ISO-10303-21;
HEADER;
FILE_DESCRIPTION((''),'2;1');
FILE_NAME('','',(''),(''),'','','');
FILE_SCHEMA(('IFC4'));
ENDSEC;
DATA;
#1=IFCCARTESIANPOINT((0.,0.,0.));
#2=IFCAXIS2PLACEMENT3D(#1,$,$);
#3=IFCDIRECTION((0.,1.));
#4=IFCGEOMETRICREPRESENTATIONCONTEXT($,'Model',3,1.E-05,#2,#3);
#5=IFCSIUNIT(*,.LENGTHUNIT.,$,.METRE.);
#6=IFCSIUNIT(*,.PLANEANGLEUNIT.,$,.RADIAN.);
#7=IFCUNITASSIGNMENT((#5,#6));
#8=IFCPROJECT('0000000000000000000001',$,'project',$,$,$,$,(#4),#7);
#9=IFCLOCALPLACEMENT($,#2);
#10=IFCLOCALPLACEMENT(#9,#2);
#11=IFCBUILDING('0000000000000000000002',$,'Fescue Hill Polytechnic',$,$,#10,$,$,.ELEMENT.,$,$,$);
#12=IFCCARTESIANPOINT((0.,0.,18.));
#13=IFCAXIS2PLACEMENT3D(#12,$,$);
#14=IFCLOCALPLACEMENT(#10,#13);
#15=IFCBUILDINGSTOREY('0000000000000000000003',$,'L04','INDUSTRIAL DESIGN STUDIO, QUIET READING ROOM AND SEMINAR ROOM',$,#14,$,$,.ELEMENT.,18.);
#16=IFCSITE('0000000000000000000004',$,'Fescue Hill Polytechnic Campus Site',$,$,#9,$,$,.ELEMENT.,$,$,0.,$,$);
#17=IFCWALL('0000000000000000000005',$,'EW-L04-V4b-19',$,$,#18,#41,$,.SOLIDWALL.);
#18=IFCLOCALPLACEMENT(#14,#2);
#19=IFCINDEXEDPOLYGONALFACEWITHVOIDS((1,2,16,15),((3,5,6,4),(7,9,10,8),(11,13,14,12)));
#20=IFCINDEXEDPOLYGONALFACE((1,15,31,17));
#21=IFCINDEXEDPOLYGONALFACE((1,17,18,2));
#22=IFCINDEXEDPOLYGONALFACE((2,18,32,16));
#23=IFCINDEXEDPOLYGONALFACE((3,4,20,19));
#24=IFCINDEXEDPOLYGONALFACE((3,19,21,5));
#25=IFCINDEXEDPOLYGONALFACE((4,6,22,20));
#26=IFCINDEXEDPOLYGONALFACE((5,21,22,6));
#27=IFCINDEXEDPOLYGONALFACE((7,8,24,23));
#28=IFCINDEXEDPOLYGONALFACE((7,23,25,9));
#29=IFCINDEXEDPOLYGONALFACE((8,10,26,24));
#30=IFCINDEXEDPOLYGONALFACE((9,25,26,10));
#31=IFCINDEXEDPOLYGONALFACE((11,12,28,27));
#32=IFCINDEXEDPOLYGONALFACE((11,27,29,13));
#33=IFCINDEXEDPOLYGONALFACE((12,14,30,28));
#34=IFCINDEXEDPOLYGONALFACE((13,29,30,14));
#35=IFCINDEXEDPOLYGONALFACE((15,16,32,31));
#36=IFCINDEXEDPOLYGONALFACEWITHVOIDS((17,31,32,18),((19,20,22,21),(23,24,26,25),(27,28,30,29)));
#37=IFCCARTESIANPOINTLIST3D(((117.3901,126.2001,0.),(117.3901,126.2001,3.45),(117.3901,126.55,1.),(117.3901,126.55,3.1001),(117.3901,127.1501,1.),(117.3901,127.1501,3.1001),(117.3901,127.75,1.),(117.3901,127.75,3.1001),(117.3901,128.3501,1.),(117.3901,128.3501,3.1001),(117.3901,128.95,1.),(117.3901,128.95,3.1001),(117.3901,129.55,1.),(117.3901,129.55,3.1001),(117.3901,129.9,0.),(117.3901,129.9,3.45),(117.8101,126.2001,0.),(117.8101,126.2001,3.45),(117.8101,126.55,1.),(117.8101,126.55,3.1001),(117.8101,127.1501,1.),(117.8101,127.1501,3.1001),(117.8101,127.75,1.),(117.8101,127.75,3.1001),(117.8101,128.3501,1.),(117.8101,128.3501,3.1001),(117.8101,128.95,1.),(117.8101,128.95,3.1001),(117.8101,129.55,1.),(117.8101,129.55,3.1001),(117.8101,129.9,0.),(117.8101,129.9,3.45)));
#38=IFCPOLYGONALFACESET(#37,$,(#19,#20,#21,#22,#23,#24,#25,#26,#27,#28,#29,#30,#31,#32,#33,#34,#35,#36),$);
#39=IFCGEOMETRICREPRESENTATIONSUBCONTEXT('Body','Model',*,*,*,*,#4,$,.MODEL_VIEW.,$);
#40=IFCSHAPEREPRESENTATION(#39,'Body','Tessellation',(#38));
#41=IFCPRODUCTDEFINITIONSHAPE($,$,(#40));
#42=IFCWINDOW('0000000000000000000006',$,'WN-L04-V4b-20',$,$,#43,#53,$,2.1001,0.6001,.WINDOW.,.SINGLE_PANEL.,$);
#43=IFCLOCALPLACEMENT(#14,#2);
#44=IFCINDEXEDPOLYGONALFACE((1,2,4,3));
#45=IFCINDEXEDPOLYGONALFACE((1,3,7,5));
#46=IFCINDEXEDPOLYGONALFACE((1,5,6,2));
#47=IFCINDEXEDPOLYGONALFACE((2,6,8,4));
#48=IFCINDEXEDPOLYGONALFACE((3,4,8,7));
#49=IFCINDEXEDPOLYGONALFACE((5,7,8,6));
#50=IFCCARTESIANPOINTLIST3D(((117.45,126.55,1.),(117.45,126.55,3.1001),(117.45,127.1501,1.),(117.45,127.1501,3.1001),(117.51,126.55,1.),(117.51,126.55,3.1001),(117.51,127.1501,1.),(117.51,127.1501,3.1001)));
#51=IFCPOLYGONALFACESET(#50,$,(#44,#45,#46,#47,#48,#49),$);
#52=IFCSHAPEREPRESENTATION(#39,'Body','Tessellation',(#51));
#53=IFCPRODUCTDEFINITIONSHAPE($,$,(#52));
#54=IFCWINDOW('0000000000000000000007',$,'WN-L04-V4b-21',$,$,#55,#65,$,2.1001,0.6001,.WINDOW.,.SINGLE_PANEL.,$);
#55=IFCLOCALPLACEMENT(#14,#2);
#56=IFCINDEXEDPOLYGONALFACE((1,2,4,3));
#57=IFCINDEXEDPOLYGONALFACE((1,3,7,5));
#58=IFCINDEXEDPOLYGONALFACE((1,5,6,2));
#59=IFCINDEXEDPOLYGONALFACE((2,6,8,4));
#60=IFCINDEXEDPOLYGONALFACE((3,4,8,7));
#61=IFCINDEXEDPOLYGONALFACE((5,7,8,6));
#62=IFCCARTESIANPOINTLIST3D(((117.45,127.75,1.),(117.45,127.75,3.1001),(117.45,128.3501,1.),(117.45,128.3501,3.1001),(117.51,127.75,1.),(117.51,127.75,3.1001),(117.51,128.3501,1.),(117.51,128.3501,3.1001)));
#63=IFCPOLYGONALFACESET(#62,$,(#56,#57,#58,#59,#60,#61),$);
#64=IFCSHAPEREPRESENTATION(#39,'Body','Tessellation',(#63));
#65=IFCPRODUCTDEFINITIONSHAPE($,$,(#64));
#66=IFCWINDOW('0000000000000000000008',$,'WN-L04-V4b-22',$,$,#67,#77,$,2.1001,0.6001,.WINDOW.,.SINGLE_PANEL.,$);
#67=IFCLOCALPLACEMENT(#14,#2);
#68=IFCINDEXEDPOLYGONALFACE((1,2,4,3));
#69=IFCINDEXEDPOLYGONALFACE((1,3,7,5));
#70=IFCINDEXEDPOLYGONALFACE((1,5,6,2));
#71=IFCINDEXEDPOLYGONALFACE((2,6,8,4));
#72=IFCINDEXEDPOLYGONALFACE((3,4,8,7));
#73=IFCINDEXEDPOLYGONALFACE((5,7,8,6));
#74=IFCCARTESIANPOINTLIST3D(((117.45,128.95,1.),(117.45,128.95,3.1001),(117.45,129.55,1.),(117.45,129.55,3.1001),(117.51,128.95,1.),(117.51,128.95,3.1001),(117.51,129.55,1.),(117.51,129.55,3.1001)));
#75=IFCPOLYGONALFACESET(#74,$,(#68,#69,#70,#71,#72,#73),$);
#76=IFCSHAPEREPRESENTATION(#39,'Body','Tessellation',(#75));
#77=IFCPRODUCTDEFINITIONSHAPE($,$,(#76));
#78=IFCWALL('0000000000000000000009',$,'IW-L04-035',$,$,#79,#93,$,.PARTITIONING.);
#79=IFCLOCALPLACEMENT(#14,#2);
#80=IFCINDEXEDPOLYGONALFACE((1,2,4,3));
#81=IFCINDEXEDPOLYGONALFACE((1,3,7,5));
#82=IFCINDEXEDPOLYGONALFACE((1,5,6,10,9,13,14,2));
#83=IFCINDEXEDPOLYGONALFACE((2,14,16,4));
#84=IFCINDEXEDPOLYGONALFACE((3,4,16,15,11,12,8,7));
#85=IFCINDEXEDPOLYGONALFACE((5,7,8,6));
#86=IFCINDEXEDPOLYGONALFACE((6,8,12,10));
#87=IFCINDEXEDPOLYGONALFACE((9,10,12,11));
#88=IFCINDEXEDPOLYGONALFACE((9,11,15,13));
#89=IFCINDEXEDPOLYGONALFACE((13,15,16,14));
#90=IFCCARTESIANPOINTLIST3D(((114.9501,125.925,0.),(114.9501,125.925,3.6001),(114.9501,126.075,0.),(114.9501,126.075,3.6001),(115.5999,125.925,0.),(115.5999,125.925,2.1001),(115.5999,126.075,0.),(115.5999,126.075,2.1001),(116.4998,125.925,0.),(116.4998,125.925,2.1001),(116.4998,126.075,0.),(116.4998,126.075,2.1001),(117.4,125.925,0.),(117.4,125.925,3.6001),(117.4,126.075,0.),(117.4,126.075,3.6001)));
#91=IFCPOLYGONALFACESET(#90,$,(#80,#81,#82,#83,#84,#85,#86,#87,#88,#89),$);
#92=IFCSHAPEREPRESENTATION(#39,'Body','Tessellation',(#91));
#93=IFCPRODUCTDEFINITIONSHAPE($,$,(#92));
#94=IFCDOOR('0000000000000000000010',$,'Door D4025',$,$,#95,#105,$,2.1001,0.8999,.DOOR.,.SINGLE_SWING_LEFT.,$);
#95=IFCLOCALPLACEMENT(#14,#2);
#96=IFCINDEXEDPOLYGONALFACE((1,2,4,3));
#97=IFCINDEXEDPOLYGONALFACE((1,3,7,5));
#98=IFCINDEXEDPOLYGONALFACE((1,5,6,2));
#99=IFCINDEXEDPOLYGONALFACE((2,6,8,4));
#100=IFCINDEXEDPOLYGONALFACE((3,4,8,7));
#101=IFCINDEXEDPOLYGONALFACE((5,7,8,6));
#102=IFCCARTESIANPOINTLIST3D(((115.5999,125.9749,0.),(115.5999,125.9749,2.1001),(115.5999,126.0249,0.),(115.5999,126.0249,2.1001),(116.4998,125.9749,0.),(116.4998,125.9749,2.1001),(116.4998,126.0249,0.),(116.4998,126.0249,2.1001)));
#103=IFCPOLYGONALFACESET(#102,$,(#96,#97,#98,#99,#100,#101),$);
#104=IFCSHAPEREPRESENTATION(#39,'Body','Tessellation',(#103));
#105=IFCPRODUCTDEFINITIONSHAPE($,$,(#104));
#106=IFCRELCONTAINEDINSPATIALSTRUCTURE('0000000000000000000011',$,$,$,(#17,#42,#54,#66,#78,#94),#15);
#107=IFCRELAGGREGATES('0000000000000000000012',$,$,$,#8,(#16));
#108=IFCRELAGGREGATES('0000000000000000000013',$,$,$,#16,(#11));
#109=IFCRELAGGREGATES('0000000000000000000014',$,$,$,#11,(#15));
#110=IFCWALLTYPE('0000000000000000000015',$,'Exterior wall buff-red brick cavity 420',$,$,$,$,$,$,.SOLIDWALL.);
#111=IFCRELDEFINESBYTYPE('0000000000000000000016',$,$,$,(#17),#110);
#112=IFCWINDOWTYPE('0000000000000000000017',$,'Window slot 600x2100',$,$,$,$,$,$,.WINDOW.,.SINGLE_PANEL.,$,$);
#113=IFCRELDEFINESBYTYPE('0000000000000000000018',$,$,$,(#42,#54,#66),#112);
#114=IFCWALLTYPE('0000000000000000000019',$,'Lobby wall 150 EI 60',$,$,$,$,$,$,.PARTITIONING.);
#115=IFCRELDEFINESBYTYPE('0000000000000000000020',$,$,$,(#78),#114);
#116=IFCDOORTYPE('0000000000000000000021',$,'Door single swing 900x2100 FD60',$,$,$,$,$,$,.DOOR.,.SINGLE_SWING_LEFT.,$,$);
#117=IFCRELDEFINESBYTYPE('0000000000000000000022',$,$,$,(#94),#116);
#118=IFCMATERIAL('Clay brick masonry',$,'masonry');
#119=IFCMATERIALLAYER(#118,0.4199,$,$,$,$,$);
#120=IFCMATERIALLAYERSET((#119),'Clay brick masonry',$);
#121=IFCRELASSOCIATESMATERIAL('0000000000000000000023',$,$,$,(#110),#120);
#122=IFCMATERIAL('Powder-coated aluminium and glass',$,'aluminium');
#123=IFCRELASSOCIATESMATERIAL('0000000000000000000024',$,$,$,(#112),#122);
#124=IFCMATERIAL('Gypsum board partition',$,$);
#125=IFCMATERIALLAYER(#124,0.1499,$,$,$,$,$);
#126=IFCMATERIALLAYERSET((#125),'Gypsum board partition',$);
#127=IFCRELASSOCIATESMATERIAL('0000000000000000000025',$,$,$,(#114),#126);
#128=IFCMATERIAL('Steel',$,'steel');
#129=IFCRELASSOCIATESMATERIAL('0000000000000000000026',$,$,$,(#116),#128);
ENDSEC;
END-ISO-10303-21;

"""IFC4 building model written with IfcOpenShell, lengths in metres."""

from ifc_helpers import new_model, si_unit, direction, frame, frame_2d, origin, place, context, subcontext, project, spatial, rectangle, extrude, material, layer, layer_set, type_object, element, fill, save


model = new_model("IFC4")

# Units and contexts
model_context = context("Model", 3, precision=1e-05, world=origin(), true_north=direction((0.0, 1.0)))
body_context = subcontext(model_context, "Body", "Model", "MODEL_VIEW")
ifc_project = project(units=[si_unit("LENGTHUNIT", "METRE"), si_unit("PLANEANGLEUNIT", "RADIAN")], contexts=[model_context])

# Site, building, storey
site_placement = place(None, origin())
site = spatial("IfcSite", under=ifc_project, at=site_placement, Name="Fescue Hill Polytechnic Campus Site", CompositionType="ELEMENT", RefElevation=0.0)
building_placement = place(site_placement, origin())
building = spatial("IfcBuilding", under=site, at=building_placement, Name="Fescue Hill Polytechnic", CompositionType="ELEMENT")
storey_placement = place(building_placement, frame((0.0, 0.0, 18.0)))
storey = spatial("IfcBuildingStorey", under=building, at=storey_placement, Name="L04", Description="INDUSTRIAL DESIGN STUDIO, QUIET READING ROOM AND SEMINAR ROOM", CompositionType="ELEMENT", Elevation=18.0)

# Shared definitions
ifc_material_1 = material(Name="Clay brick masonry", Category="masonry")

# Shared definitions
ifc_material_2 = material(Name="Gypsum board partition")

# Wall, openings, windows
ifc_layer_1 = layer(ifc_material_1, 0.4199)
ifc_layer_set_1 = layer_set([ifc_layer_1], Name="Clay brick masonry")
wall_type_1 = type_object("IfcWallType", Name="Exterior wall buff-red brick cavity 420", PredefinedType="SOLIDWALL", material=ifc_layer_set_1)
ifc_material_3 = material(Name="Powder-coated aluminium and glass", Category="aluminium")
window_type = type_object("IfcWindowType", Name="Window slot 600x2100", PartitioningType="SINGLE_PANEL", PredefinedType="WINDOW", material=ifc_material_3)
wall_1_placement = place(storey_placement, frame((117.6001, 126.2, 0.0), z_axis=(0.0, 0.0, 1.0), x_axis=(0.0, 1.0, 0.0)))
wall_1 = element("IfcWall", 1, at=wall_1_placement, inside=storey, type_object=wall_type_1, Name="EW-L04-V4b-19", PredefinedType="SOLIDWALL", context=body_context, shape_type="SweptSolid", body=[
    extrude(rectangle(XDim=3.7, YDim=0.4199, at=frame_2d((1.8501, 0.0))), origin(), (0.0, 0.0, 1.0), 3.45),
])
opening_1_placement = place(wall_1_placement, frame((0.3501, 0.0, 1.0)))
opening_1 = element("IfcOpeningElement", 2, at=opening_1_placement, cuts=wall_1, PredefinedType="OPENING", context=body_context, shape_type="SweptSolid", body=[
    extrude(rectangle(XDim=0.6001, YDim=2.1001, at=frame_2d((0.3, 1.05))), frame((0.0, 0.22, 0.0), z_axis=(0.0, -1.0, 0.0), x_axis=(1.0, 0.0, 0.0)), (0.0, 0.0, 1.0), 0.4399),
])
opening_2_placement = place(wall_1_placement, frame((1.55, 0.0, 1.0)))
opening_2 = element("IfcOpeningElement", 3, at=opening_2_placement, cuts=wall_1, PredefinedType="OPENING", context=body_context, shape_type="SweptSolid", body=[
    extrude(rectangle(XDim=0.6001, YDim=2.1001, at=frame_2d((0.3, 1.05))), frame((0.0, 0.22, 0.0), z_axis=(0.0, -1.0, 0.0), x_axis=(1.0, 0.0, 0.0)), (0.0, 0.0, 1.0), 0.4399),
])
opening_3_placement = place(wall_1_placement, frame((2.75, 0.0, 1.0)))
opening_3 = element("IfcOpeningElement", 4, at=opening_3_placement, cuts=wall_1, PredefinedType="OPENING", context=body_context, shape_type="SweptSolid", body=[
    extrude(rectangle(XDim=0.6001, YDim=2.1001, at=frame_2d((0.3, 1.05))), frame((0.0, 0.22, 0.0), z_axis=(0.0, -1.0, 0.0), x_axis=(1.0, 0.0, 0.0)), (0.0, 0.0, 1.0), 0.4399),
])
window_1_placement = place(opening_1_placement, origin())
window_1 = element("IfcWindow", 5, at=window_1_placement, inside=storey, type_object=window_type, Name="WN-L04-V4b-20", OverallHeight=2.1001, OverallWidth=0.6001, PartitioningType="SINGLE_PANEL", PredefinedType="WINDOW", context=body_context, shape_type="SweptSolid", body=[
    extrude(rectangle(XDim=0.6001, YDim=2.1001, at=frame_2d((0.3, 1.05))), frame((0.0, 0.1501, 0.0), z_axis=(0.0, -1.0, 0.0), x_axis=(1.0, 0.0, 0.0)), (0.0, 0.0, 1.0), 0.0601),
])
fill(opening_1, window_1)
window_2_placement = place(opening_2_placement, origin())
window_2 = element("IfcWindow", 6, at=window_2_placement, inside=storey, type_object=window_type, Name="WN-L04-V4b-21", OverallHeight=2.1001, OverallWidth=0.6001, PartitioningType="SINGLE_PANEL", PredefinedType="WINDOW", context=body_context, shape_type="SweptSolid", body=[
    extrude(rectangle(XDim=0.6001, YDim=2.1001, at=frame_2d((0.3, 1.05))), frame((0.0, 0.1501, 0.0), z_axis=(0.0, -1.0, 0.0), x_axis=(1.0, 0.0, 0.0)), (0.0, 0.0, 1.0), 0.0601),
])
fill(opening_2, window_2)
window_3_placement = place(opening_3_placement, origin())
window_3 = element("IfcWindow", 7, at=window_3_placement, inside=storey, type_object=window_type, Name="WN-L04-V4b-22", OverallHeight=2.1001, OverallWidth=0.6001, PartitioningType="SINGLE_PANEL", PredefinedType="WINDOW", context=body_context, shape_type="SweptSolid", body=[
    extrude(rectangle(XDim=0.6001, YDim=2.1001, at=frame_2d((0.3, 1.05))), frame((0.0, 0.1501, 0.0), z_axis=(0.0, -1.0, 0.0), x_axis=(1.0, 0.0, 0.0)), (0.0, 0.0, 1.0), 0.0601),
])
fill(opening_3, window_3)

# Wall, opening, door
ifc_layer_2 = layer(ifc_material_2, 0.1499)
ifc_layer_set_2 = layer_set([ifc_layer_2], Name="Gypsum board partition")
wall_type_2 = type_object("IfcWallType", Name="Lobby wall 150 EI 60", PredefinedType="PARTITIONING", material=ifc_layer_set_2)
wall_2_placement = place(storey_placement, frame((114.95, 126.0, 0.0), z_axis=(0.0, 0.0, 1.0), x_axis=(1.0, 0.0, 0.0)))
wall_2 = element("IfcWall", 8, at=wall_2_placement, inside=storey, type_object=wall_type_2, Name="IW-L04-035", PredefinedType="PARTITIONING", context=body_context, shape_type="SweptSolid", body=[
    extrude(rectangle(XDim=2.45, YDim=0.1499, at=frame_2d((1.2251, 0.0))), origin(), (0.0, 0.0, 1.0), 3.6001),
])
opening_4_placement = place(wall_2_placement, frame((0.6499, 0.0, 0.0)))
opening_4 = element("IfcOpeningElement", 9, at=opening_4_placement, cuts=wall_2, PredefinedType="OPENING", context=body_context, shape_type="SweptSolid", body=[
    extrude(rectangle(XDim=0.8999, YDim=2.1001, at=frame_2d((0.45, 1.05))), frame((0.0, 0.085, 0.0), z_axis=(0.0, -1.0, 0.0), x_axis=(1.0, 0.0, 0.0)), (0.0, 0.0, 1.0), 0.1699),
])
ifc_material_4 = material(Name="Steel", Category="steel")
door_type_1 = type_object("IfcDoorType", Name="Door single swing 900x2100 FD60", OperationType="SINGLE_SWING_LEFT", PredefinedType="DOOR", material=ifc_material_4)
door_1_placement = place(opening_4_placement, origin())
door_1 = element("IfcDoor", 10, at=door_1_placement, inside=storey, type_object=door_type_1, Name="Door D4025", OperationType="SINGLE_SWING_LEFT", OverallHeight=2.1001, OverallWidth=0.8999, PredefinedType="DOOR", context=body_context, shape_type="SweptSolid", body=[
    extrude(rectangle(XDim=0.8999, YDim=2.1001, at=frame_2d((0.45, 1.05))), frame((0.0, 0.0249, 0.0), z_axis=(0.0, -1.0, 0.0), x_axis=(1.0, 0.0, 0.0)), (0.0, 0.0, 1.0), 0.05),
])
fill(opening_4, door_1)

save(model, "model.ifc")
